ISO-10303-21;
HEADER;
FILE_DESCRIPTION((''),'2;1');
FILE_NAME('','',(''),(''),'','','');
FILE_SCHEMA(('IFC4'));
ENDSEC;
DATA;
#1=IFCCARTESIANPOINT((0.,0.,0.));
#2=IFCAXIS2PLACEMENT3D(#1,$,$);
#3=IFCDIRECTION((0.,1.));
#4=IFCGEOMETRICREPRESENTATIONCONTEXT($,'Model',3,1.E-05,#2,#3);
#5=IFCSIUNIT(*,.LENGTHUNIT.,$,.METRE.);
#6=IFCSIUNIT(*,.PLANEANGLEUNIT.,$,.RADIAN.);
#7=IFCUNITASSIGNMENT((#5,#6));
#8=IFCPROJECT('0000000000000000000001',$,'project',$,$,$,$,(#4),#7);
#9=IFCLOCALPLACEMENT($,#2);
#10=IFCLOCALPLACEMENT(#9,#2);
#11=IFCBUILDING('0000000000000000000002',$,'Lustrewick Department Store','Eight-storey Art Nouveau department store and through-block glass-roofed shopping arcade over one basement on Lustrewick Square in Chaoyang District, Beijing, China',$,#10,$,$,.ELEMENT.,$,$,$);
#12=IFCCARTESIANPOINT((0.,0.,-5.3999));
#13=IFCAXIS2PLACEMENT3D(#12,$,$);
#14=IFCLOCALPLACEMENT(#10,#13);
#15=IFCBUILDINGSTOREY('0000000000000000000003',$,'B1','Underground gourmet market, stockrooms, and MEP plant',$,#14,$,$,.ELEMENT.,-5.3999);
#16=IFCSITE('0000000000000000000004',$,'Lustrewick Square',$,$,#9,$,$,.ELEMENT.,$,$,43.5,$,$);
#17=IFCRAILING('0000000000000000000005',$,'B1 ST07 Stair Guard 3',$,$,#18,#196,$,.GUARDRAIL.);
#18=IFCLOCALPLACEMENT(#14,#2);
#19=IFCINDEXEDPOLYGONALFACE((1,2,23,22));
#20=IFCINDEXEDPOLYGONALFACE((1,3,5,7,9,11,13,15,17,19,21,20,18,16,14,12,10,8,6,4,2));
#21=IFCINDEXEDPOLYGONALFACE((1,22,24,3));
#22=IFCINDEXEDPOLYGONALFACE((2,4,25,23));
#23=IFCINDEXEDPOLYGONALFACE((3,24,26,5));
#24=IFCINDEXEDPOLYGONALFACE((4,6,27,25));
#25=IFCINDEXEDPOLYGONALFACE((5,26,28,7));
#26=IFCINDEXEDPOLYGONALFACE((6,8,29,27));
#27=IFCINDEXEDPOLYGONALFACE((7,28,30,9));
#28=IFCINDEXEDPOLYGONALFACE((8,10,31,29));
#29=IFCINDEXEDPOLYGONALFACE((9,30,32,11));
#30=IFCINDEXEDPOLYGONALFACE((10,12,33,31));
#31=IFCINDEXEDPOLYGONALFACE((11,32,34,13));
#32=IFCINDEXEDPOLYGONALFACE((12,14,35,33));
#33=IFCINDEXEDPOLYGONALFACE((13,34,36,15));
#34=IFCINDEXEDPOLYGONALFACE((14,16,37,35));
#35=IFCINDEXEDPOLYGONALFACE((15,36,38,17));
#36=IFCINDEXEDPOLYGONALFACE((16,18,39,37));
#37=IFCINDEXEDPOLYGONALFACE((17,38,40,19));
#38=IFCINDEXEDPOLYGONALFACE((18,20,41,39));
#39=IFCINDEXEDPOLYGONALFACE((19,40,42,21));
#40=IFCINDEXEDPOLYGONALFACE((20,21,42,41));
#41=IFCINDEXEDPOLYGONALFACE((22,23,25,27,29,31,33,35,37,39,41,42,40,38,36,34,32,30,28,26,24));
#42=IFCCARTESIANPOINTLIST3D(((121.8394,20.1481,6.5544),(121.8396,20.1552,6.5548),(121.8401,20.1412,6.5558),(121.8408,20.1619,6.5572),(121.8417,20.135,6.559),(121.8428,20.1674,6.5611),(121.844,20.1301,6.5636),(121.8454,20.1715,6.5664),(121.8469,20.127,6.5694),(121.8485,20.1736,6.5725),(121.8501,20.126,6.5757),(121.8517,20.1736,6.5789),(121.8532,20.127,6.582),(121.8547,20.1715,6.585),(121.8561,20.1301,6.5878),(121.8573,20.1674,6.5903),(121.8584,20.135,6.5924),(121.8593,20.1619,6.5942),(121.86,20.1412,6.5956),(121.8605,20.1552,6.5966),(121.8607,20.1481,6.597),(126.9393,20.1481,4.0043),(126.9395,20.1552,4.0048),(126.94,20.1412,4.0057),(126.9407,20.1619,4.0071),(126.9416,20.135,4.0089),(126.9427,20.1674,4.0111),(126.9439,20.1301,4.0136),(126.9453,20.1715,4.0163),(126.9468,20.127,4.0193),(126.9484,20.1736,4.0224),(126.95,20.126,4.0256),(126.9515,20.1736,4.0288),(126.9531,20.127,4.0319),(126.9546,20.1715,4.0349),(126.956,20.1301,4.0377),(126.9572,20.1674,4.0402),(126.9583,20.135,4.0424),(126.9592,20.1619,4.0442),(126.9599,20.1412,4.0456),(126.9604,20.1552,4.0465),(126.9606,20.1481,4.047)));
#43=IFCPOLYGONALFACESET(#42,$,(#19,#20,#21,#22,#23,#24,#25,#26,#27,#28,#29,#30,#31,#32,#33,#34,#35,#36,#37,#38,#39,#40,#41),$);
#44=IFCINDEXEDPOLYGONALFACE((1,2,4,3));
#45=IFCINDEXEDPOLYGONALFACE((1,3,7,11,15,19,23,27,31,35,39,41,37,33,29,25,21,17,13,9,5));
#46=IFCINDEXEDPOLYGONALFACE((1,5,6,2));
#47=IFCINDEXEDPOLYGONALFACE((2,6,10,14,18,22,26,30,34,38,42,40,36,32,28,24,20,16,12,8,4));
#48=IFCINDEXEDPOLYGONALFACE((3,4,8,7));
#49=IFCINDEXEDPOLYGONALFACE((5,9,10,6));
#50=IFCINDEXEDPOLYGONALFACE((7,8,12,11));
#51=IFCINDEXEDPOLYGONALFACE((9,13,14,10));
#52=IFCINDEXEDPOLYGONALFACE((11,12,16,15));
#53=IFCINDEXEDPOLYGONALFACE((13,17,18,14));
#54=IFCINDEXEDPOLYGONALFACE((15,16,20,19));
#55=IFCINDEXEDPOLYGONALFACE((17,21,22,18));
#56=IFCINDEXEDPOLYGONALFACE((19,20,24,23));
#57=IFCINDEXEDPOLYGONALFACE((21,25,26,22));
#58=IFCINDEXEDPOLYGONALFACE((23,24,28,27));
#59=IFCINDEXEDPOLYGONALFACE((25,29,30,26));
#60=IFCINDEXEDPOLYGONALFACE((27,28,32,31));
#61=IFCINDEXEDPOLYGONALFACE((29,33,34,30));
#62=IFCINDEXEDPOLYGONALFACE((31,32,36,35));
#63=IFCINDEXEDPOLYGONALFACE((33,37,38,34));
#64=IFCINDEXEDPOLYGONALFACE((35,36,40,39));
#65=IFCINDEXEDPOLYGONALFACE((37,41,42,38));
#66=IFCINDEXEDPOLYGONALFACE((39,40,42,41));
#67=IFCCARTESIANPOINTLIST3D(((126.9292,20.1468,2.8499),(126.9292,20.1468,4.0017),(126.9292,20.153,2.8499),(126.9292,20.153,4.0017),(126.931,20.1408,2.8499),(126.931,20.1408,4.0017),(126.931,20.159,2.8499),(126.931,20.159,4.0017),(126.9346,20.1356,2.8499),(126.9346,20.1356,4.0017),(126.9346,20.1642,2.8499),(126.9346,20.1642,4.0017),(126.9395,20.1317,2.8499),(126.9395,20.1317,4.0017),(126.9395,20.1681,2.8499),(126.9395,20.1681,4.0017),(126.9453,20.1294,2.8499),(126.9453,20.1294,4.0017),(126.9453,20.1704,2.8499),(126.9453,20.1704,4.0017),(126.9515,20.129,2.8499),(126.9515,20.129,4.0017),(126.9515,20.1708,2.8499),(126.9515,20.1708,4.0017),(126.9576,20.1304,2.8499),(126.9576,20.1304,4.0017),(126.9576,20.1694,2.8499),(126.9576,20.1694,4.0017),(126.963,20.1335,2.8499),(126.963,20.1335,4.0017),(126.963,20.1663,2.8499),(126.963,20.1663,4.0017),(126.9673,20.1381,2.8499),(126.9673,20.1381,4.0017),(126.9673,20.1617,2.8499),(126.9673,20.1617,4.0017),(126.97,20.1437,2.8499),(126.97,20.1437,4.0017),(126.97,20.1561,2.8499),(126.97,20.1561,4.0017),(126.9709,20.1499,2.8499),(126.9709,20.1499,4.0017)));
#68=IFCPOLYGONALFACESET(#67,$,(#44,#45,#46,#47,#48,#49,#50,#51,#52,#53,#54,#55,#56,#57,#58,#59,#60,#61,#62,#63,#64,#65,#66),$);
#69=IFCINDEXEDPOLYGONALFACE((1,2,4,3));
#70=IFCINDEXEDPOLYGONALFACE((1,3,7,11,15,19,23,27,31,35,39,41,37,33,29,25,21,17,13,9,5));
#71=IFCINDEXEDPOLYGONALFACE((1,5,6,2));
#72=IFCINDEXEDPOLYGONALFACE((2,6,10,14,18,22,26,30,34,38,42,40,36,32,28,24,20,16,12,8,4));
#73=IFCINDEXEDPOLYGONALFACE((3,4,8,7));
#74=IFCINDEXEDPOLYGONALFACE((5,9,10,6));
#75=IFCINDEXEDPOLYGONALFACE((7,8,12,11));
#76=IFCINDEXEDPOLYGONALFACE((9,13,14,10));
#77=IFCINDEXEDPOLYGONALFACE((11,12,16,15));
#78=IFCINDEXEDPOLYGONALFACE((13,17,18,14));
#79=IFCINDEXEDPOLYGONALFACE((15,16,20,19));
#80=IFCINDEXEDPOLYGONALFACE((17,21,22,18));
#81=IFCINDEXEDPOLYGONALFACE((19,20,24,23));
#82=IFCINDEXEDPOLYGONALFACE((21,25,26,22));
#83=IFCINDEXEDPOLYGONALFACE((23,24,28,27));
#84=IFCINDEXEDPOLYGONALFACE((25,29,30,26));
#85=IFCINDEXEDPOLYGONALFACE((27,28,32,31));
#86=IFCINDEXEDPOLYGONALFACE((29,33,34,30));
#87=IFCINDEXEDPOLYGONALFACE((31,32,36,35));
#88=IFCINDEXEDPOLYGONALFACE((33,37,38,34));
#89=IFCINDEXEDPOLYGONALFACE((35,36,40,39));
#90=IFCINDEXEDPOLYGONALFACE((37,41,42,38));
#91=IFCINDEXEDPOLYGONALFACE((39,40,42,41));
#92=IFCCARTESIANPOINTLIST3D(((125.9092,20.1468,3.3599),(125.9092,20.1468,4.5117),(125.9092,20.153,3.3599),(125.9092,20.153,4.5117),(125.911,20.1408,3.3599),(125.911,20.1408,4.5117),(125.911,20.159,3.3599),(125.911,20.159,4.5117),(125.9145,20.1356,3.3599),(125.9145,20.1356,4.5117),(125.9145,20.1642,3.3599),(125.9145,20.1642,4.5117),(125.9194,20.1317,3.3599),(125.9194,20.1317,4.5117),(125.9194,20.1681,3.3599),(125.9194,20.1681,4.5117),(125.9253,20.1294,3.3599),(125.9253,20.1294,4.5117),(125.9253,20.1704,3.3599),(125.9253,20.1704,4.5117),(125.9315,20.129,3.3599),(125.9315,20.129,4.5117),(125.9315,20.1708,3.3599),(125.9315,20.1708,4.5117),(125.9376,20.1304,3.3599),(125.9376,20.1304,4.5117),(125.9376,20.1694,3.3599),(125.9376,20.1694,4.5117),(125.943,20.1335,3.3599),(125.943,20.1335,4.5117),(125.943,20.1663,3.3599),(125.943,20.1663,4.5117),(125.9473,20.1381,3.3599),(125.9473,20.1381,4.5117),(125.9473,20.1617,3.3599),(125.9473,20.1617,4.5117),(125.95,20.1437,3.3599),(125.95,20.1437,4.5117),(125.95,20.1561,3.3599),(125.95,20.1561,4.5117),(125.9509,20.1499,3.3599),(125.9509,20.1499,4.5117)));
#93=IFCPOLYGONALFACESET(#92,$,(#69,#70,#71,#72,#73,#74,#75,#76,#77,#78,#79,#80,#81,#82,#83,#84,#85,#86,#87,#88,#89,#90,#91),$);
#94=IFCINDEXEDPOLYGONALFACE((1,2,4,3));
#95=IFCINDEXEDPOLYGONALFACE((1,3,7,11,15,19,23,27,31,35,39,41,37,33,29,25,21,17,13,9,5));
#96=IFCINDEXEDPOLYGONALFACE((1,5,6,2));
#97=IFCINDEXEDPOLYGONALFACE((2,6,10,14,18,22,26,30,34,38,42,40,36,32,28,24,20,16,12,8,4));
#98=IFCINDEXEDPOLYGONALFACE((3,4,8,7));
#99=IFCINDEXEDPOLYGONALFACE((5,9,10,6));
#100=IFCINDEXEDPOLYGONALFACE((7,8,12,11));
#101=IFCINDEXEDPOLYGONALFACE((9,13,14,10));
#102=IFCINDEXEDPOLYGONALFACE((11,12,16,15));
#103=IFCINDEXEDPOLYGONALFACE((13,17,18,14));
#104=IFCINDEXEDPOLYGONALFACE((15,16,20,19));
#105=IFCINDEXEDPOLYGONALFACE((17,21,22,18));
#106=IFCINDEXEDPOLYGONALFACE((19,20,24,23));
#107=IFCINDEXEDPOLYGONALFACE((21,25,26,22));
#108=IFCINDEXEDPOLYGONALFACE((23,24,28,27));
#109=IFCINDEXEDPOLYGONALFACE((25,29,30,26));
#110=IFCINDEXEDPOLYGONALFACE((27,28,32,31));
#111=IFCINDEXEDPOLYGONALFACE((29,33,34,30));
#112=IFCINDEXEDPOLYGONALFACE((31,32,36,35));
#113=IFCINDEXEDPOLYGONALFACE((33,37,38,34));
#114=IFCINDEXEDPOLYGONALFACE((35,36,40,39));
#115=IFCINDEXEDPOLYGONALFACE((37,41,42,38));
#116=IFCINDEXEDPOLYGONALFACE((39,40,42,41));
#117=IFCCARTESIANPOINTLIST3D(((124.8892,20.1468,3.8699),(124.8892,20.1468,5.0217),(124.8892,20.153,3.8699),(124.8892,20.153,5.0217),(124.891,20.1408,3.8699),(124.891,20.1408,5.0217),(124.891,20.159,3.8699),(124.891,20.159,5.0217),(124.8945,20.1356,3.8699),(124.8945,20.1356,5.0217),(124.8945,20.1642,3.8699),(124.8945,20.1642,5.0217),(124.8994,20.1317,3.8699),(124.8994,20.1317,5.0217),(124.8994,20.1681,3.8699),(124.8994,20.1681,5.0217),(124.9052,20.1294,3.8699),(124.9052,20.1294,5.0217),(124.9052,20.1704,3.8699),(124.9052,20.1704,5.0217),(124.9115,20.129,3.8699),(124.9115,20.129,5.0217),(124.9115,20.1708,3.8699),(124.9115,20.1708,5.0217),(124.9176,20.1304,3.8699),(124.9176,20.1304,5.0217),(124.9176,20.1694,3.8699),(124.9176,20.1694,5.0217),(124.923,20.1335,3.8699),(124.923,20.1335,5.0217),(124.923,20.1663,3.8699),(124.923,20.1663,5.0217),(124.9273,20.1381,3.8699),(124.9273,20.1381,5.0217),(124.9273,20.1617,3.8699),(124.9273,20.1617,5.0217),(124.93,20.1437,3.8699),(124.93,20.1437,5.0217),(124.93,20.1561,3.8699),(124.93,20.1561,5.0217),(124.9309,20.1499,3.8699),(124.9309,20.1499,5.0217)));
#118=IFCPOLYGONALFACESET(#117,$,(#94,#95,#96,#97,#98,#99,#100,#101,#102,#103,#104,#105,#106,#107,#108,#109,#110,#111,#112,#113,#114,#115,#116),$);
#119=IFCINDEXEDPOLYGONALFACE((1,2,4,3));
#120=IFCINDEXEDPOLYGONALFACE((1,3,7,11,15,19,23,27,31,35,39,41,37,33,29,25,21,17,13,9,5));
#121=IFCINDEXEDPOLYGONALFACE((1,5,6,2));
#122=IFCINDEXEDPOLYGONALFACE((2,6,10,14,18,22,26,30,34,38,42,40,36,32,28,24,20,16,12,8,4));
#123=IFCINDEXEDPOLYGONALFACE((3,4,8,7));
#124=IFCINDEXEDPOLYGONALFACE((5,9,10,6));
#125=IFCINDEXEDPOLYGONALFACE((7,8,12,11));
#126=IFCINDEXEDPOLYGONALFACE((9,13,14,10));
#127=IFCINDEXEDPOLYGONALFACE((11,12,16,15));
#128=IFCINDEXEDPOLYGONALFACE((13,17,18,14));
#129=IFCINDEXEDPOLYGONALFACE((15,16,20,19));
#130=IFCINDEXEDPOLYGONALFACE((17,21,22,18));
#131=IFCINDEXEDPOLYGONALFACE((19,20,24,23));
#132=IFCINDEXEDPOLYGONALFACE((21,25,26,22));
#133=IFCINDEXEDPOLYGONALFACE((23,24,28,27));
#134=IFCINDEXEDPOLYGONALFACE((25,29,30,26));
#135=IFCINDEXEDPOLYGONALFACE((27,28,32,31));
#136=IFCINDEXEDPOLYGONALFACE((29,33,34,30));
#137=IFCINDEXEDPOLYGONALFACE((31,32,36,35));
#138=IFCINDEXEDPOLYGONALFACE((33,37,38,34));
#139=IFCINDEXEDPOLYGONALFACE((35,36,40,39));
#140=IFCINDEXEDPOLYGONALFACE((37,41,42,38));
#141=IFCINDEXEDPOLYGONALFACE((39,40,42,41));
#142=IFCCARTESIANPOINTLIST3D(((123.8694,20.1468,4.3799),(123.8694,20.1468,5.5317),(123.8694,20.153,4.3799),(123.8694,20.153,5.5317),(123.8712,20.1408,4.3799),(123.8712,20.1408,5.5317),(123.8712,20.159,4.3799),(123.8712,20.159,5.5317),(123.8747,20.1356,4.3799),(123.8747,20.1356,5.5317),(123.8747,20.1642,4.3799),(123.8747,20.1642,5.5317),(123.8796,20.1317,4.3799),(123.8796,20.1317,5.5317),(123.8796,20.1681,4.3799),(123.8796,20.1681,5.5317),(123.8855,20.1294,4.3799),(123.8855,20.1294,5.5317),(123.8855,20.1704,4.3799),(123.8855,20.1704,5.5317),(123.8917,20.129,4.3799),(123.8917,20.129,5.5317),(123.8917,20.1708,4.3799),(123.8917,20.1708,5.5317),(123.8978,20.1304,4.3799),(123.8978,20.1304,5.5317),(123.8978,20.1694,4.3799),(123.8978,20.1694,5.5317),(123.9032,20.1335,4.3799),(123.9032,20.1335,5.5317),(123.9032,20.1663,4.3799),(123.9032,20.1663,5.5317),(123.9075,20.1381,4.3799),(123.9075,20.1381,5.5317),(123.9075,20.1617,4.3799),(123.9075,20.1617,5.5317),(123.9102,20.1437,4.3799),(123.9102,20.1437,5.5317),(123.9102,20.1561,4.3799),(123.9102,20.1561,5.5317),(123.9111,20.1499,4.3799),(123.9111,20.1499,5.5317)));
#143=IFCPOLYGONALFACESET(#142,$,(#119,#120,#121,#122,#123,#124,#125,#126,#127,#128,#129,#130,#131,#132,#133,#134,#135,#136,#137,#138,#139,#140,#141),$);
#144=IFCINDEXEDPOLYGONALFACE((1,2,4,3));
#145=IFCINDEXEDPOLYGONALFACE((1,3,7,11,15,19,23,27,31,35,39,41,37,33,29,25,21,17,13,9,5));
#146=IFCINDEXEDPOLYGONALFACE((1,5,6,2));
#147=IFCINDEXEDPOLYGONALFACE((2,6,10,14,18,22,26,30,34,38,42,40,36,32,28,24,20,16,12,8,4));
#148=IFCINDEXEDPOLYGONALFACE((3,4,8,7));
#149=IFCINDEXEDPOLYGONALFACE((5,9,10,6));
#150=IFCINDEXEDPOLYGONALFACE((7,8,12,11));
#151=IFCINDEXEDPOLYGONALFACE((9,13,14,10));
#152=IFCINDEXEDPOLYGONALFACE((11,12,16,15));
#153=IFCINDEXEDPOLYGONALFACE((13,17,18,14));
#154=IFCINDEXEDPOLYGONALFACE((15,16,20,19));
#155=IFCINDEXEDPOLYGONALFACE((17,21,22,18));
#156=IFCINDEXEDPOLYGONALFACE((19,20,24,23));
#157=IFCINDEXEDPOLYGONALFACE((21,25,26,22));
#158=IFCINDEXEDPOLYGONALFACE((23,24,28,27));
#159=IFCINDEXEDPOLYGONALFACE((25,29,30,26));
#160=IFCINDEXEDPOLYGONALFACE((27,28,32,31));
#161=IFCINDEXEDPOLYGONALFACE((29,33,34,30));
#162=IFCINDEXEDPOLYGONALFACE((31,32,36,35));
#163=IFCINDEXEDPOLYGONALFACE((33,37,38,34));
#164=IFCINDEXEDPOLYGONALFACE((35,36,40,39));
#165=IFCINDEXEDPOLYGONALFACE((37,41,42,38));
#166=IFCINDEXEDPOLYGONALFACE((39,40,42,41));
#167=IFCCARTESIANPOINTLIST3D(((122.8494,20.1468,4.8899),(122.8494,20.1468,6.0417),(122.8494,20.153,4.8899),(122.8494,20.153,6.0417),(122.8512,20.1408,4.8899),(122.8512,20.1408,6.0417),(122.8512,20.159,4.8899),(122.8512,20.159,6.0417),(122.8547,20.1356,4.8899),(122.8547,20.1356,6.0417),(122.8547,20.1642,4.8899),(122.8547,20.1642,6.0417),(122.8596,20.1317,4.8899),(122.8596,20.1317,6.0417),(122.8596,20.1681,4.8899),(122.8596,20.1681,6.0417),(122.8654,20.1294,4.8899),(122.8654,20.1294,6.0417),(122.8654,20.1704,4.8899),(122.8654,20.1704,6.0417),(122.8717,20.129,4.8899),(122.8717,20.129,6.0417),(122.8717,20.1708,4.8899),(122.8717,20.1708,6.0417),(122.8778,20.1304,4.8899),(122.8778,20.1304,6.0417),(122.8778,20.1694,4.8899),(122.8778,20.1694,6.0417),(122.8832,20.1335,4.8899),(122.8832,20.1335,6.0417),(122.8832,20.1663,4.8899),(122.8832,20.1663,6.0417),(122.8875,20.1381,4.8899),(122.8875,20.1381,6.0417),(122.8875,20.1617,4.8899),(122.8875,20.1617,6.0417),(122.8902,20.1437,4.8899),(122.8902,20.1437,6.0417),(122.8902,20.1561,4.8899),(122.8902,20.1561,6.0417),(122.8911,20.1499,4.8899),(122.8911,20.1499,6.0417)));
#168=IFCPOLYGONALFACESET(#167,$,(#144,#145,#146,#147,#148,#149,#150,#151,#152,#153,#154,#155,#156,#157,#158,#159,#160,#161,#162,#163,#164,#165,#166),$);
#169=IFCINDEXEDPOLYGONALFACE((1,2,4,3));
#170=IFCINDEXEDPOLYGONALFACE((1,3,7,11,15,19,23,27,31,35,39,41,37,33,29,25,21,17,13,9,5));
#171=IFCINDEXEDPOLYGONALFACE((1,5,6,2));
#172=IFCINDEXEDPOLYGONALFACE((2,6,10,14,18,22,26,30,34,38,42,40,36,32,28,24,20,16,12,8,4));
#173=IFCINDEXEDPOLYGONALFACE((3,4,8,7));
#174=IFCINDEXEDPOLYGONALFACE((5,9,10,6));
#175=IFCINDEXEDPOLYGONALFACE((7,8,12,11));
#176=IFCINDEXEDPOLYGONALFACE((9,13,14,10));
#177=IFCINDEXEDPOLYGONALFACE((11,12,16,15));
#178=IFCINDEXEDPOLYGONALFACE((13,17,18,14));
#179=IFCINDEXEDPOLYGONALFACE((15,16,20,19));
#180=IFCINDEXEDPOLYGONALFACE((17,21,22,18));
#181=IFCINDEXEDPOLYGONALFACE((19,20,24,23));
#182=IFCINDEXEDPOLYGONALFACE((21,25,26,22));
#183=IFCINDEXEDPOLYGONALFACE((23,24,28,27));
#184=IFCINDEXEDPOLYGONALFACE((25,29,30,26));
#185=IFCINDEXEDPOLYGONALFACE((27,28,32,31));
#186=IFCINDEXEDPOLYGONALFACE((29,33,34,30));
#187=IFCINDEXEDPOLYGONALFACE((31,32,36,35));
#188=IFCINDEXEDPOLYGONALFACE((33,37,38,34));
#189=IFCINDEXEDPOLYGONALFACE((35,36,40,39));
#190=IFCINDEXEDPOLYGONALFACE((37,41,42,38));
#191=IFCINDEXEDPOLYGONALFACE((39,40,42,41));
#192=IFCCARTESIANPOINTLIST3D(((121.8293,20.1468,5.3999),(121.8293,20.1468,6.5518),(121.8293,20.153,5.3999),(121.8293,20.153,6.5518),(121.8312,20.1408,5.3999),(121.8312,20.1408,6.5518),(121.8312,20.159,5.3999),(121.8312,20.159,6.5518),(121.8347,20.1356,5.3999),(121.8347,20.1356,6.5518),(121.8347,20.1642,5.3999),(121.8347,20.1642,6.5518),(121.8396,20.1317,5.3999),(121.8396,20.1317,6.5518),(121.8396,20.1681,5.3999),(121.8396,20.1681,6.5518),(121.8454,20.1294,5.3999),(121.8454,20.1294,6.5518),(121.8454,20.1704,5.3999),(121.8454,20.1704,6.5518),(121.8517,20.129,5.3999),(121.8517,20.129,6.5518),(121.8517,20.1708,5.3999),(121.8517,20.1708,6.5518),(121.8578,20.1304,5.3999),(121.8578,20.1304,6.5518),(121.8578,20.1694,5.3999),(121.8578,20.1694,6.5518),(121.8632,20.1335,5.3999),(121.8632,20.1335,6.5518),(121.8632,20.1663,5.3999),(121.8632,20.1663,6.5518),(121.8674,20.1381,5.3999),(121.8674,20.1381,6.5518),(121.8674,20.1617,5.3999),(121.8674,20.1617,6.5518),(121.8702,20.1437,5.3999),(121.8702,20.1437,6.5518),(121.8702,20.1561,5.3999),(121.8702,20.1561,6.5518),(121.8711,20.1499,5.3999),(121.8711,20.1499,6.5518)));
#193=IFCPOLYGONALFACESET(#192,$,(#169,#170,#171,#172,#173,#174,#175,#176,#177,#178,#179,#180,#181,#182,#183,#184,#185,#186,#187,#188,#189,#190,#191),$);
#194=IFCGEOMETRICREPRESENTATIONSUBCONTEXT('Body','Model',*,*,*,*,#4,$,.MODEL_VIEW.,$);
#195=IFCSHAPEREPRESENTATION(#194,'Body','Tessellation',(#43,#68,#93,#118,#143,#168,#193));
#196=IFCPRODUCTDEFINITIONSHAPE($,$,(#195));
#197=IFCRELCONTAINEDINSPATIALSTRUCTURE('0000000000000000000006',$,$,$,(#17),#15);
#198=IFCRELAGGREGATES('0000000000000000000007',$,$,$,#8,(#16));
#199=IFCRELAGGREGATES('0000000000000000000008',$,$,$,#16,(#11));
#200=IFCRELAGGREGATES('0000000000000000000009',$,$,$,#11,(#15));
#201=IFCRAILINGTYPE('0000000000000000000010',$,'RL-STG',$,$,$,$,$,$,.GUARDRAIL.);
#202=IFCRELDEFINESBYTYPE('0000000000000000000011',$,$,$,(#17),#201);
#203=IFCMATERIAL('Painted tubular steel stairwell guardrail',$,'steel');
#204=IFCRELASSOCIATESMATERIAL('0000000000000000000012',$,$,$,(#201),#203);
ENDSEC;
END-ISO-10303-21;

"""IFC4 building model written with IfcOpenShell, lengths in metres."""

from ifc_helpers import new_model, si_unit, direction, frame, origin, origin_2d, place, context, subcontext, project, spatial, circle, extrude, material, type_object, element, save


model = new_model("IFC4")

# Units and contexts
model_context = context("Model", 3, precision=1e-05, world=origin(), true_north=direction((0.0, 1.0)))
body_context = subcontext(model_context, "Body", "Model", "MODEL_VIEW")
ifc_project = project(units=[si_unit("LENGTHUNIT", "METRE"), si_unit("PLANEANGLEUNIT", "RADIAN")], contexts=[model_context])

# Site, building, storey
site_placement = place(None, origin())
site = spatial("IfcSite", under=ifc_project, at=site_placement, Name="Lustrewick Square", CompositionType="ELEMENT", RefElevation=43.5)
building_placement = place(site_placement, origin())
building = spatial("IfcBuilding", under=site, at=building_placement, Name="Lustrewick Department Store", Description="Eight-storey Art Nouveau department store and through-block glass-roofed shopping arcade over one basement on Lustrewick Square in Chaoyang District, Beijing, China", CompositionType="ELEMENT")
storey_placement = place(building_placement, frame((0.0, 0.0, -5.3999)))
storey = spatial("IfcBuildingStorey", under=building, at=storey_placement, Name="B1", Description="Underground gourmet market, stockrooms, and MEP plant", CompositionType="ELEMENT", Elevation=-5.3999)

# Railing
ifc_material_1 = material(Name="Painted tubular steel stairwell guardrail", Category="steel")
railing_type_1 = type_object("IfcRailingType", Name="RL-STG", PredefinedType="GUARDRAIL", material=ifc_material_1)
railing_1_placement = place(storey_placement, frame((126.95, 20.1499, 2.8499)))
element("IfcRailing", 1, at=railing_1_placement, inside=storey, type_object=railing_type_1, Name="B1 ST07 Stair Guard 3", PredefinedType="GUARDRAIL", context=body_context, shape_type="SweptSolid", body=[
    extrude(circle(Radius=0.0239, at=origin_2d()), frame((0.0, 0.0, 1.1758), z_axis=(-0.894419, 0.0, 0.447231), x_axis=(0.0, -1.0, 0.0)), (0.0, 0.0, 1.0), 5.7019),
    extrude(circle(Radius=0.021, at=origin_2d()), origin(), (0.0, 0.0, 1.0), 1.1519),
    extrude(circle(Radius=0.021, at=origin_2d()), frame((-1.02, 0.0, 0.51)), (0.0, 0.0, 1.0), 1.1519),
    extrude(circle(Radius=0.021, at=origin_2d()), frame((-2.04, 0.0, 1.02)), (0.0, 0.0, 1.0), 1.1519),
    extrude(circle(Radius=0.021, at=origin_2d()), frame((-3.0598, 0.0, 1.53)), (0.0, 0.0, 1.0), 1.1519),
    extrude(circle(Radius=0.021, at=origin_2d()), frame((-4.0798, 0.0, 2.04)), (0.0, 0.0, 1.0), 1.1519),
    extrude(circle(Radius=0.021, at=origin_2d()), frame((-5.0999, 0.0, 2.55)), (0.0, 0.0, 1.0), 1.1519),
])

save(model, "model.ifc")
